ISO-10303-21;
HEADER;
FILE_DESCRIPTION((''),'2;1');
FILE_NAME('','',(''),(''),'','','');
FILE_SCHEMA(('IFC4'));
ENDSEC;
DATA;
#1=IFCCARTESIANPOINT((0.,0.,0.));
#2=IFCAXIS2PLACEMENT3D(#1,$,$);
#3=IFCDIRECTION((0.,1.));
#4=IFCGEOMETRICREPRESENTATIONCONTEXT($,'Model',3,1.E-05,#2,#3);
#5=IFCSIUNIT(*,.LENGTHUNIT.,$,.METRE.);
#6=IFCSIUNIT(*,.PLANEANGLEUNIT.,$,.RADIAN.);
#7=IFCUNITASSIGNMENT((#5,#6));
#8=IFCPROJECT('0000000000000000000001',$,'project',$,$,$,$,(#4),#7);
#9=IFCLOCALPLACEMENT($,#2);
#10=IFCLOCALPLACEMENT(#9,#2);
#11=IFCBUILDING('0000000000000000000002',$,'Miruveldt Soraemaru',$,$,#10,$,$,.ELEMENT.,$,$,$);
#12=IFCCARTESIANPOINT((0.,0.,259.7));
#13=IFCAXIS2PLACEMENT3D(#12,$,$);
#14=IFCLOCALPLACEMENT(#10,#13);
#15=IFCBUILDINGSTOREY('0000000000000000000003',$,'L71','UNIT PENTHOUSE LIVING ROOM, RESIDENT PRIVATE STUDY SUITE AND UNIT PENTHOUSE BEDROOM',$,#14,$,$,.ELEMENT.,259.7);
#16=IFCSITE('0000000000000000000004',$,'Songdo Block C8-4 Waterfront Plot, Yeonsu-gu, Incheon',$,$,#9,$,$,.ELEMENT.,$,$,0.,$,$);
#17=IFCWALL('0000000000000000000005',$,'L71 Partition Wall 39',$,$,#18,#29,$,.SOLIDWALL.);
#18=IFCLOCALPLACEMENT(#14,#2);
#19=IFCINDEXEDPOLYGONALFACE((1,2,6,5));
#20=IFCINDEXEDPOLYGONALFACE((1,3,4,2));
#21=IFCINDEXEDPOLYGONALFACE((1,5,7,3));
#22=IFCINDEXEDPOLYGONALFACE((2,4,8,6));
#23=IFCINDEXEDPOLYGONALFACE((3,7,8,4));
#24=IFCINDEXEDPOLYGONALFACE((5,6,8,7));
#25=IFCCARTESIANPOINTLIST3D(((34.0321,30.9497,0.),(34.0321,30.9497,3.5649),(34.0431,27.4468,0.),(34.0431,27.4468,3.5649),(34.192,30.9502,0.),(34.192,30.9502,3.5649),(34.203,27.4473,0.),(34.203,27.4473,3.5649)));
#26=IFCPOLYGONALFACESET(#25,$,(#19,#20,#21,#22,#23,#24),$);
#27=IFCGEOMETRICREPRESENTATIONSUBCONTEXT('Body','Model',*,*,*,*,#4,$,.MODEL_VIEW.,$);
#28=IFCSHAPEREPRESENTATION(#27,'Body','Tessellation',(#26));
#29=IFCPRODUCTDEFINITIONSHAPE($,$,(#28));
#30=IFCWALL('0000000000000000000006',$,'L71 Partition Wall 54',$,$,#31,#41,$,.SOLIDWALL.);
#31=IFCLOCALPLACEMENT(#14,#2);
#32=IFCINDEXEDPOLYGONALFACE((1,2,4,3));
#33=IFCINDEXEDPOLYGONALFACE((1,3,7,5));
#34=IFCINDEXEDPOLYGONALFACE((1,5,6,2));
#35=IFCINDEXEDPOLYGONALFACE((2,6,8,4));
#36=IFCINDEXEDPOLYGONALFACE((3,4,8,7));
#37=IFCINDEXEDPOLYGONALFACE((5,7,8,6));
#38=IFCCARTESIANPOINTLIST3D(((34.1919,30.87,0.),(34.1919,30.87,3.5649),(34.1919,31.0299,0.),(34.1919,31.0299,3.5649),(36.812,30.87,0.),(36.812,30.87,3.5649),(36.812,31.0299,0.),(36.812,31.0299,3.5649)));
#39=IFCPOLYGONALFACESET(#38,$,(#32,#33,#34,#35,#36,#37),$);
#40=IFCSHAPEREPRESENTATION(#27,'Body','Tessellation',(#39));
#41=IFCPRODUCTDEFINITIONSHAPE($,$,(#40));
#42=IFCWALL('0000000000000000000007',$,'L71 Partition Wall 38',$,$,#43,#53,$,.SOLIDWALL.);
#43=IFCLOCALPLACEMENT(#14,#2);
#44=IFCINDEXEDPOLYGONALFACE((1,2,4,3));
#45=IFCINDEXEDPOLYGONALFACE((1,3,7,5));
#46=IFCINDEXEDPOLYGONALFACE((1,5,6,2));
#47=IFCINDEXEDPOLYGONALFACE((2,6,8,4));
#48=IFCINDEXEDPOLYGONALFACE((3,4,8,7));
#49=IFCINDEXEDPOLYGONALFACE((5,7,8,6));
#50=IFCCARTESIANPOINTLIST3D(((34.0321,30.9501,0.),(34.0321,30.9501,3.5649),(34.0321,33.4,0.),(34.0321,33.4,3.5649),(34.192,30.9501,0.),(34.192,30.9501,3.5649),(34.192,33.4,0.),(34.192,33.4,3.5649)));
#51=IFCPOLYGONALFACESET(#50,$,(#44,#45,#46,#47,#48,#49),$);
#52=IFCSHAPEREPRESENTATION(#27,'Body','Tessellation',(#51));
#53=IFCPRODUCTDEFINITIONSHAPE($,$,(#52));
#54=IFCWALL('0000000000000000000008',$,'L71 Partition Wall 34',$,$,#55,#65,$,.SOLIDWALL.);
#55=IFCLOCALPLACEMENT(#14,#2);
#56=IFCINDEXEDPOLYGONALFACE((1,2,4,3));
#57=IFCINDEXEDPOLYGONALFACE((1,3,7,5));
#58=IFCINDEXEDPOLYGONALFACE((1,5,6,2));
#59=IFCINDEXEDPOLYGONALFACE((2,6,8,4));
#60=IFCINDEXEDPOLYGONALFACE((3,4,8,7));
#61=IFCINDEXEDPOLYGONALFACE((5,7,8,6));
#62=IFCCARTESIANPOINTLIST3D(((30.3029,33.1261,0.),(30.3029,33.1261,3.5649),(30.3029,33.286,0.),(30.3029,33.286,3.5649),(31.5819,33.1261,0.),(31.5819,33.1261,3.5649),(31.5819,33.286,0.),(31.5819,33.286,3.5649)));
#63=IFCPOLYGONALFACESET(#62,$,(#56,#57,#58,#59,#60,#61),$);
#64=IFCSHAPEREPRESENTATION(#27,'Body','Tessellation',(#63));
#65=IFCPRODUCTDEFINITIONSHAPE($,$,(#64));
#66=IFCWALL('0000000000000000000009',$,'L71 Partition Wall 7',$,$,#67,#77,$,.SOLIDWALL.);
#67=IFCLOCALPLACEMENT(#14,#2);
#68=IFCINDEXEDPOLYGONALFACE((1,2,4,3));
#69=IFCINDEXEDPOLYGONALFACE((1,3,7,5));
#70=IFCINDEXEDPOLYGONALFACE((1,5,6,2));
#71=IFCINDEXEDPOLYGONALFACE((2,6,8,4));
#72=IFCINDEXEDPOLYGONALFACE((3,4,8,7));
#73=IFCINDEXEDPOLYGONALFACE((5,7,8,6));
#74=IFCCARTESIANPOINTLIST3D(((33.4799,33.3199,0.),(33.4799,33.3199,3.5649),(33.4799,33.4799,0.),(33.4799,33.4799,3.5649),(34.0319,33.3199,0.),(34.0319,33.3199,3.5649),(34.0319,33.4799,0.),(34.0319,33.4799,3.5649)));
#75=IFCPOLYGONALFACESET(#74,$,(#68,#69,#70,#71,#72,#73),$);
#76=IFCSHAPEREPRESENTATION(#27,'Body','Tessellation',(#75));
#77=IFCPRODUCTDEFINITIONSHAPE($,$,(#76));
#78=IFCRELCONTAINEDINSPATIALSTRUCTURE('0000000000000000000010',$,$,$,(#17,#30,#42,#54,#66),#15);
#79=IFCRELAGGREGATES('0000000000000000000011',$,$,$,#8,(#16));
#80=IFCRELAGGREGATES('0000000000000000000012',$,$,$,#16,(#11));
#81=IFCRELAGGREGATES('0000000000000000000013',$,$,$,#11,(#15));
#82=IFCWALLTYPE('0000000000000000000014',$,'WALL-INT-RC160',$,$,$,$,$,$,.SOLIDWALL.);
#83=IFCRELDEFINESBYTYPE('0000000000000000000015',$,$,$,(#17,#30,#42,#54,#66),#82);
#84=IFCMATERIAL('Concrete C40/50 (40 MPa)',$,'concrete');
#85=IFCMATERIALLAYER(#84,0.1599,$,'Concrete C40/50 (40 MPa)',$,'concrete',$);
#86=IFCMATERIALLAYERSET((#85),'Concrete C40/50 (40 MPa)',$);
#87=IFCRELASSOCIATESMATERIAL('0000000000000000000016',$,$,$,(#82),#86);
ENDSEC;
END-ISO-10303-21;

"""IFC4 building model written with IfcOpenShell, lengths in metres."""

from ifc_helpers import new_model, si_unit, direction, frame, frame_2d, origin, place, context, subcontext, project, spatial, rectangle, extrude, material, layer, layer_set, type_object, element, save


model = new_model("IFC4")

# Units and contexts
model_context = context("Model", 3, precision=1e-05, world=origin(), true_north=direction((0.0, 1.0)))
body_context = subcontext(model_context, "Body", "Model", "MODEL_VIEW")
ifc_project = project(units=[si_unit("LENGTHUNIT", "METRE"), si_unit("PLANEANGLEUNIT", "RADIAN")], contexts=[model_context])

# Site, building, storey
site_placement = place(None, origin())
site = spatial("IfcSite", under=ifc_project, at=site_placement, Name="Songdo Block C8-4 Waterfront Plot, Yeonsu-gu, Incheon", CompositionType="ELEMENT", RefElevation=0.0)
building_placement = place(site_placement, origin())
building = spatial("IfcBuilding", under=site, at=building_placement, Name="Miruveldt Soraemaru", CompositionType="ELEMENT")
storey_placement = place(building_placement, frame((0.0, 0.0, 259.7)))
storey = spatial("IfcBuildingStorey", under=building, at=storey_placement, Name="L71", Description="UNIT PENTHOUSE LIVING ROOM, RESIDENT PRIVATE STUDY SUITE AND UNIT PENTHOUSE BEDROOM", CompositionType="ELEMENT", Elevation=259.7)

# Walls
ifc_material_1 = material(Name="Concrete C40/50 (40 MPa)", Category="concrete")
ifc_layer_1 = layer(ifc_material_1, 0.1599, Name="Concrete C40/50 (40 MPa)", Category="concrete")
ifc_layer_set_1 = layer_set([ifc_layer_1], Name="Concrete C40/50 (40 MPa)")
wall_type_1 = type_object("IfcWallType", Name="WALL-INT-RC160", PredefinedType="SOLIDWALL", material=ifc_layer_set_1)
wall_1_placement = place(storey_placement, frame((34.123, 27.447, 0.0), z_axis=(0.0, 0.0, 1.0), x_axis=(-0.003136, 0.999995, 0.0)))
element("IfcWall", 1, at=wall_1_placement, inside=storey, type_object=wall_type_1, Name="L71 Partition Wall 39", PredefinedType="SOLIDWALL", context=body_context, shape_type="SweptSolid", body=[
    extrude(rectangle(XDim=3.5029, YDim=0.1599, at=frame_2d((1.7515, 0.0))), origin(), (0.0, 0.0, 1.0), 3.5649),
])
wall_2_placement = place(storey_placement, frame((34.1919, 30.95, 0.0), z_axis=(0.0, 0.0, 1.0), x_axis=(1.0, 0.0, 0.0)))
element("IfcWall", 2, at=wall_2_placement, inside=storey, type_object=wall_type_1, Name="L71 Partition Wall 54", PredefinedType="SOLIDWALL", context=body_context, shape_type="SweptSolid", body=[
    extrude(rectangle(XDim=2.6201, YDim=0.1599, at=frame_2d((1.3101, 0.0))), origin(), (0.0, 0.0, 1.0), 3.5649),
])
wall_3_placement = place(storey_placement, frame((34.1121, 30.95, 0.0), z_axis=(0.0, 0.0, 1.0), x_axis=(0.0, 1.0, 0.0)))
element("IfcWall", 3, at=wall_3_placement, inside=storey, type_object=wall_type_1, Name="L71 Partition Wall 38", PredefinedType="SOLIDWALL", context=body_context, shape_type="SweptSolid", body=[
    extrude(rectangle(XDim=2.45, YDim=0.1599, at=frame_2d((1.2251, 0.0))), origin(), (0.0, 0.0, 1.0), 3.5649),
])
wall_4_placement = place(storey_placement, frame((31.582, 33.2061, 0.0), z_axis=(0.0, 0.0, 1.0), x_axis=(-1.0, 0.0, 0.0)))
element("IfcWall", 4, at=wall_4_placement, inside=storey, type_object=wall_type_1, Name="L71 Partition Wall 34", PredefinedType="SOLIDWALL", context=body_context, shape_type="SweptSolid", body=[
    extrude(rectangle(XDim=1.2791, YDim=0.1599, at=frame_2d((0.6396, 0.0))), origin(), (0.0, 0.0, 1.0), 3.5649),
])
wall_5_placement = place(storey_placement, frame((33.48, 33.3999, 0.0), z_axis=(0.0, 0.0, 1.0), x_axis=(1.0, 0.0, 0.0)))
element("IfcWall", 5, at=wall_5_placement, inside=storey, type_object=wall_type_1, Name="L71 Partition Wall 7", PredefinedType="SOLIDWALL", context=body_context, shape_type="SweptSolid", body=[
    extrude(rectangle(XDim=0.552, YDim=0.1599, at=frame_2d((0.2759, 0.0))), origin(), (0.0, 0.0, 1.0), 3.5649),
])

save(model, "model.ifc")
